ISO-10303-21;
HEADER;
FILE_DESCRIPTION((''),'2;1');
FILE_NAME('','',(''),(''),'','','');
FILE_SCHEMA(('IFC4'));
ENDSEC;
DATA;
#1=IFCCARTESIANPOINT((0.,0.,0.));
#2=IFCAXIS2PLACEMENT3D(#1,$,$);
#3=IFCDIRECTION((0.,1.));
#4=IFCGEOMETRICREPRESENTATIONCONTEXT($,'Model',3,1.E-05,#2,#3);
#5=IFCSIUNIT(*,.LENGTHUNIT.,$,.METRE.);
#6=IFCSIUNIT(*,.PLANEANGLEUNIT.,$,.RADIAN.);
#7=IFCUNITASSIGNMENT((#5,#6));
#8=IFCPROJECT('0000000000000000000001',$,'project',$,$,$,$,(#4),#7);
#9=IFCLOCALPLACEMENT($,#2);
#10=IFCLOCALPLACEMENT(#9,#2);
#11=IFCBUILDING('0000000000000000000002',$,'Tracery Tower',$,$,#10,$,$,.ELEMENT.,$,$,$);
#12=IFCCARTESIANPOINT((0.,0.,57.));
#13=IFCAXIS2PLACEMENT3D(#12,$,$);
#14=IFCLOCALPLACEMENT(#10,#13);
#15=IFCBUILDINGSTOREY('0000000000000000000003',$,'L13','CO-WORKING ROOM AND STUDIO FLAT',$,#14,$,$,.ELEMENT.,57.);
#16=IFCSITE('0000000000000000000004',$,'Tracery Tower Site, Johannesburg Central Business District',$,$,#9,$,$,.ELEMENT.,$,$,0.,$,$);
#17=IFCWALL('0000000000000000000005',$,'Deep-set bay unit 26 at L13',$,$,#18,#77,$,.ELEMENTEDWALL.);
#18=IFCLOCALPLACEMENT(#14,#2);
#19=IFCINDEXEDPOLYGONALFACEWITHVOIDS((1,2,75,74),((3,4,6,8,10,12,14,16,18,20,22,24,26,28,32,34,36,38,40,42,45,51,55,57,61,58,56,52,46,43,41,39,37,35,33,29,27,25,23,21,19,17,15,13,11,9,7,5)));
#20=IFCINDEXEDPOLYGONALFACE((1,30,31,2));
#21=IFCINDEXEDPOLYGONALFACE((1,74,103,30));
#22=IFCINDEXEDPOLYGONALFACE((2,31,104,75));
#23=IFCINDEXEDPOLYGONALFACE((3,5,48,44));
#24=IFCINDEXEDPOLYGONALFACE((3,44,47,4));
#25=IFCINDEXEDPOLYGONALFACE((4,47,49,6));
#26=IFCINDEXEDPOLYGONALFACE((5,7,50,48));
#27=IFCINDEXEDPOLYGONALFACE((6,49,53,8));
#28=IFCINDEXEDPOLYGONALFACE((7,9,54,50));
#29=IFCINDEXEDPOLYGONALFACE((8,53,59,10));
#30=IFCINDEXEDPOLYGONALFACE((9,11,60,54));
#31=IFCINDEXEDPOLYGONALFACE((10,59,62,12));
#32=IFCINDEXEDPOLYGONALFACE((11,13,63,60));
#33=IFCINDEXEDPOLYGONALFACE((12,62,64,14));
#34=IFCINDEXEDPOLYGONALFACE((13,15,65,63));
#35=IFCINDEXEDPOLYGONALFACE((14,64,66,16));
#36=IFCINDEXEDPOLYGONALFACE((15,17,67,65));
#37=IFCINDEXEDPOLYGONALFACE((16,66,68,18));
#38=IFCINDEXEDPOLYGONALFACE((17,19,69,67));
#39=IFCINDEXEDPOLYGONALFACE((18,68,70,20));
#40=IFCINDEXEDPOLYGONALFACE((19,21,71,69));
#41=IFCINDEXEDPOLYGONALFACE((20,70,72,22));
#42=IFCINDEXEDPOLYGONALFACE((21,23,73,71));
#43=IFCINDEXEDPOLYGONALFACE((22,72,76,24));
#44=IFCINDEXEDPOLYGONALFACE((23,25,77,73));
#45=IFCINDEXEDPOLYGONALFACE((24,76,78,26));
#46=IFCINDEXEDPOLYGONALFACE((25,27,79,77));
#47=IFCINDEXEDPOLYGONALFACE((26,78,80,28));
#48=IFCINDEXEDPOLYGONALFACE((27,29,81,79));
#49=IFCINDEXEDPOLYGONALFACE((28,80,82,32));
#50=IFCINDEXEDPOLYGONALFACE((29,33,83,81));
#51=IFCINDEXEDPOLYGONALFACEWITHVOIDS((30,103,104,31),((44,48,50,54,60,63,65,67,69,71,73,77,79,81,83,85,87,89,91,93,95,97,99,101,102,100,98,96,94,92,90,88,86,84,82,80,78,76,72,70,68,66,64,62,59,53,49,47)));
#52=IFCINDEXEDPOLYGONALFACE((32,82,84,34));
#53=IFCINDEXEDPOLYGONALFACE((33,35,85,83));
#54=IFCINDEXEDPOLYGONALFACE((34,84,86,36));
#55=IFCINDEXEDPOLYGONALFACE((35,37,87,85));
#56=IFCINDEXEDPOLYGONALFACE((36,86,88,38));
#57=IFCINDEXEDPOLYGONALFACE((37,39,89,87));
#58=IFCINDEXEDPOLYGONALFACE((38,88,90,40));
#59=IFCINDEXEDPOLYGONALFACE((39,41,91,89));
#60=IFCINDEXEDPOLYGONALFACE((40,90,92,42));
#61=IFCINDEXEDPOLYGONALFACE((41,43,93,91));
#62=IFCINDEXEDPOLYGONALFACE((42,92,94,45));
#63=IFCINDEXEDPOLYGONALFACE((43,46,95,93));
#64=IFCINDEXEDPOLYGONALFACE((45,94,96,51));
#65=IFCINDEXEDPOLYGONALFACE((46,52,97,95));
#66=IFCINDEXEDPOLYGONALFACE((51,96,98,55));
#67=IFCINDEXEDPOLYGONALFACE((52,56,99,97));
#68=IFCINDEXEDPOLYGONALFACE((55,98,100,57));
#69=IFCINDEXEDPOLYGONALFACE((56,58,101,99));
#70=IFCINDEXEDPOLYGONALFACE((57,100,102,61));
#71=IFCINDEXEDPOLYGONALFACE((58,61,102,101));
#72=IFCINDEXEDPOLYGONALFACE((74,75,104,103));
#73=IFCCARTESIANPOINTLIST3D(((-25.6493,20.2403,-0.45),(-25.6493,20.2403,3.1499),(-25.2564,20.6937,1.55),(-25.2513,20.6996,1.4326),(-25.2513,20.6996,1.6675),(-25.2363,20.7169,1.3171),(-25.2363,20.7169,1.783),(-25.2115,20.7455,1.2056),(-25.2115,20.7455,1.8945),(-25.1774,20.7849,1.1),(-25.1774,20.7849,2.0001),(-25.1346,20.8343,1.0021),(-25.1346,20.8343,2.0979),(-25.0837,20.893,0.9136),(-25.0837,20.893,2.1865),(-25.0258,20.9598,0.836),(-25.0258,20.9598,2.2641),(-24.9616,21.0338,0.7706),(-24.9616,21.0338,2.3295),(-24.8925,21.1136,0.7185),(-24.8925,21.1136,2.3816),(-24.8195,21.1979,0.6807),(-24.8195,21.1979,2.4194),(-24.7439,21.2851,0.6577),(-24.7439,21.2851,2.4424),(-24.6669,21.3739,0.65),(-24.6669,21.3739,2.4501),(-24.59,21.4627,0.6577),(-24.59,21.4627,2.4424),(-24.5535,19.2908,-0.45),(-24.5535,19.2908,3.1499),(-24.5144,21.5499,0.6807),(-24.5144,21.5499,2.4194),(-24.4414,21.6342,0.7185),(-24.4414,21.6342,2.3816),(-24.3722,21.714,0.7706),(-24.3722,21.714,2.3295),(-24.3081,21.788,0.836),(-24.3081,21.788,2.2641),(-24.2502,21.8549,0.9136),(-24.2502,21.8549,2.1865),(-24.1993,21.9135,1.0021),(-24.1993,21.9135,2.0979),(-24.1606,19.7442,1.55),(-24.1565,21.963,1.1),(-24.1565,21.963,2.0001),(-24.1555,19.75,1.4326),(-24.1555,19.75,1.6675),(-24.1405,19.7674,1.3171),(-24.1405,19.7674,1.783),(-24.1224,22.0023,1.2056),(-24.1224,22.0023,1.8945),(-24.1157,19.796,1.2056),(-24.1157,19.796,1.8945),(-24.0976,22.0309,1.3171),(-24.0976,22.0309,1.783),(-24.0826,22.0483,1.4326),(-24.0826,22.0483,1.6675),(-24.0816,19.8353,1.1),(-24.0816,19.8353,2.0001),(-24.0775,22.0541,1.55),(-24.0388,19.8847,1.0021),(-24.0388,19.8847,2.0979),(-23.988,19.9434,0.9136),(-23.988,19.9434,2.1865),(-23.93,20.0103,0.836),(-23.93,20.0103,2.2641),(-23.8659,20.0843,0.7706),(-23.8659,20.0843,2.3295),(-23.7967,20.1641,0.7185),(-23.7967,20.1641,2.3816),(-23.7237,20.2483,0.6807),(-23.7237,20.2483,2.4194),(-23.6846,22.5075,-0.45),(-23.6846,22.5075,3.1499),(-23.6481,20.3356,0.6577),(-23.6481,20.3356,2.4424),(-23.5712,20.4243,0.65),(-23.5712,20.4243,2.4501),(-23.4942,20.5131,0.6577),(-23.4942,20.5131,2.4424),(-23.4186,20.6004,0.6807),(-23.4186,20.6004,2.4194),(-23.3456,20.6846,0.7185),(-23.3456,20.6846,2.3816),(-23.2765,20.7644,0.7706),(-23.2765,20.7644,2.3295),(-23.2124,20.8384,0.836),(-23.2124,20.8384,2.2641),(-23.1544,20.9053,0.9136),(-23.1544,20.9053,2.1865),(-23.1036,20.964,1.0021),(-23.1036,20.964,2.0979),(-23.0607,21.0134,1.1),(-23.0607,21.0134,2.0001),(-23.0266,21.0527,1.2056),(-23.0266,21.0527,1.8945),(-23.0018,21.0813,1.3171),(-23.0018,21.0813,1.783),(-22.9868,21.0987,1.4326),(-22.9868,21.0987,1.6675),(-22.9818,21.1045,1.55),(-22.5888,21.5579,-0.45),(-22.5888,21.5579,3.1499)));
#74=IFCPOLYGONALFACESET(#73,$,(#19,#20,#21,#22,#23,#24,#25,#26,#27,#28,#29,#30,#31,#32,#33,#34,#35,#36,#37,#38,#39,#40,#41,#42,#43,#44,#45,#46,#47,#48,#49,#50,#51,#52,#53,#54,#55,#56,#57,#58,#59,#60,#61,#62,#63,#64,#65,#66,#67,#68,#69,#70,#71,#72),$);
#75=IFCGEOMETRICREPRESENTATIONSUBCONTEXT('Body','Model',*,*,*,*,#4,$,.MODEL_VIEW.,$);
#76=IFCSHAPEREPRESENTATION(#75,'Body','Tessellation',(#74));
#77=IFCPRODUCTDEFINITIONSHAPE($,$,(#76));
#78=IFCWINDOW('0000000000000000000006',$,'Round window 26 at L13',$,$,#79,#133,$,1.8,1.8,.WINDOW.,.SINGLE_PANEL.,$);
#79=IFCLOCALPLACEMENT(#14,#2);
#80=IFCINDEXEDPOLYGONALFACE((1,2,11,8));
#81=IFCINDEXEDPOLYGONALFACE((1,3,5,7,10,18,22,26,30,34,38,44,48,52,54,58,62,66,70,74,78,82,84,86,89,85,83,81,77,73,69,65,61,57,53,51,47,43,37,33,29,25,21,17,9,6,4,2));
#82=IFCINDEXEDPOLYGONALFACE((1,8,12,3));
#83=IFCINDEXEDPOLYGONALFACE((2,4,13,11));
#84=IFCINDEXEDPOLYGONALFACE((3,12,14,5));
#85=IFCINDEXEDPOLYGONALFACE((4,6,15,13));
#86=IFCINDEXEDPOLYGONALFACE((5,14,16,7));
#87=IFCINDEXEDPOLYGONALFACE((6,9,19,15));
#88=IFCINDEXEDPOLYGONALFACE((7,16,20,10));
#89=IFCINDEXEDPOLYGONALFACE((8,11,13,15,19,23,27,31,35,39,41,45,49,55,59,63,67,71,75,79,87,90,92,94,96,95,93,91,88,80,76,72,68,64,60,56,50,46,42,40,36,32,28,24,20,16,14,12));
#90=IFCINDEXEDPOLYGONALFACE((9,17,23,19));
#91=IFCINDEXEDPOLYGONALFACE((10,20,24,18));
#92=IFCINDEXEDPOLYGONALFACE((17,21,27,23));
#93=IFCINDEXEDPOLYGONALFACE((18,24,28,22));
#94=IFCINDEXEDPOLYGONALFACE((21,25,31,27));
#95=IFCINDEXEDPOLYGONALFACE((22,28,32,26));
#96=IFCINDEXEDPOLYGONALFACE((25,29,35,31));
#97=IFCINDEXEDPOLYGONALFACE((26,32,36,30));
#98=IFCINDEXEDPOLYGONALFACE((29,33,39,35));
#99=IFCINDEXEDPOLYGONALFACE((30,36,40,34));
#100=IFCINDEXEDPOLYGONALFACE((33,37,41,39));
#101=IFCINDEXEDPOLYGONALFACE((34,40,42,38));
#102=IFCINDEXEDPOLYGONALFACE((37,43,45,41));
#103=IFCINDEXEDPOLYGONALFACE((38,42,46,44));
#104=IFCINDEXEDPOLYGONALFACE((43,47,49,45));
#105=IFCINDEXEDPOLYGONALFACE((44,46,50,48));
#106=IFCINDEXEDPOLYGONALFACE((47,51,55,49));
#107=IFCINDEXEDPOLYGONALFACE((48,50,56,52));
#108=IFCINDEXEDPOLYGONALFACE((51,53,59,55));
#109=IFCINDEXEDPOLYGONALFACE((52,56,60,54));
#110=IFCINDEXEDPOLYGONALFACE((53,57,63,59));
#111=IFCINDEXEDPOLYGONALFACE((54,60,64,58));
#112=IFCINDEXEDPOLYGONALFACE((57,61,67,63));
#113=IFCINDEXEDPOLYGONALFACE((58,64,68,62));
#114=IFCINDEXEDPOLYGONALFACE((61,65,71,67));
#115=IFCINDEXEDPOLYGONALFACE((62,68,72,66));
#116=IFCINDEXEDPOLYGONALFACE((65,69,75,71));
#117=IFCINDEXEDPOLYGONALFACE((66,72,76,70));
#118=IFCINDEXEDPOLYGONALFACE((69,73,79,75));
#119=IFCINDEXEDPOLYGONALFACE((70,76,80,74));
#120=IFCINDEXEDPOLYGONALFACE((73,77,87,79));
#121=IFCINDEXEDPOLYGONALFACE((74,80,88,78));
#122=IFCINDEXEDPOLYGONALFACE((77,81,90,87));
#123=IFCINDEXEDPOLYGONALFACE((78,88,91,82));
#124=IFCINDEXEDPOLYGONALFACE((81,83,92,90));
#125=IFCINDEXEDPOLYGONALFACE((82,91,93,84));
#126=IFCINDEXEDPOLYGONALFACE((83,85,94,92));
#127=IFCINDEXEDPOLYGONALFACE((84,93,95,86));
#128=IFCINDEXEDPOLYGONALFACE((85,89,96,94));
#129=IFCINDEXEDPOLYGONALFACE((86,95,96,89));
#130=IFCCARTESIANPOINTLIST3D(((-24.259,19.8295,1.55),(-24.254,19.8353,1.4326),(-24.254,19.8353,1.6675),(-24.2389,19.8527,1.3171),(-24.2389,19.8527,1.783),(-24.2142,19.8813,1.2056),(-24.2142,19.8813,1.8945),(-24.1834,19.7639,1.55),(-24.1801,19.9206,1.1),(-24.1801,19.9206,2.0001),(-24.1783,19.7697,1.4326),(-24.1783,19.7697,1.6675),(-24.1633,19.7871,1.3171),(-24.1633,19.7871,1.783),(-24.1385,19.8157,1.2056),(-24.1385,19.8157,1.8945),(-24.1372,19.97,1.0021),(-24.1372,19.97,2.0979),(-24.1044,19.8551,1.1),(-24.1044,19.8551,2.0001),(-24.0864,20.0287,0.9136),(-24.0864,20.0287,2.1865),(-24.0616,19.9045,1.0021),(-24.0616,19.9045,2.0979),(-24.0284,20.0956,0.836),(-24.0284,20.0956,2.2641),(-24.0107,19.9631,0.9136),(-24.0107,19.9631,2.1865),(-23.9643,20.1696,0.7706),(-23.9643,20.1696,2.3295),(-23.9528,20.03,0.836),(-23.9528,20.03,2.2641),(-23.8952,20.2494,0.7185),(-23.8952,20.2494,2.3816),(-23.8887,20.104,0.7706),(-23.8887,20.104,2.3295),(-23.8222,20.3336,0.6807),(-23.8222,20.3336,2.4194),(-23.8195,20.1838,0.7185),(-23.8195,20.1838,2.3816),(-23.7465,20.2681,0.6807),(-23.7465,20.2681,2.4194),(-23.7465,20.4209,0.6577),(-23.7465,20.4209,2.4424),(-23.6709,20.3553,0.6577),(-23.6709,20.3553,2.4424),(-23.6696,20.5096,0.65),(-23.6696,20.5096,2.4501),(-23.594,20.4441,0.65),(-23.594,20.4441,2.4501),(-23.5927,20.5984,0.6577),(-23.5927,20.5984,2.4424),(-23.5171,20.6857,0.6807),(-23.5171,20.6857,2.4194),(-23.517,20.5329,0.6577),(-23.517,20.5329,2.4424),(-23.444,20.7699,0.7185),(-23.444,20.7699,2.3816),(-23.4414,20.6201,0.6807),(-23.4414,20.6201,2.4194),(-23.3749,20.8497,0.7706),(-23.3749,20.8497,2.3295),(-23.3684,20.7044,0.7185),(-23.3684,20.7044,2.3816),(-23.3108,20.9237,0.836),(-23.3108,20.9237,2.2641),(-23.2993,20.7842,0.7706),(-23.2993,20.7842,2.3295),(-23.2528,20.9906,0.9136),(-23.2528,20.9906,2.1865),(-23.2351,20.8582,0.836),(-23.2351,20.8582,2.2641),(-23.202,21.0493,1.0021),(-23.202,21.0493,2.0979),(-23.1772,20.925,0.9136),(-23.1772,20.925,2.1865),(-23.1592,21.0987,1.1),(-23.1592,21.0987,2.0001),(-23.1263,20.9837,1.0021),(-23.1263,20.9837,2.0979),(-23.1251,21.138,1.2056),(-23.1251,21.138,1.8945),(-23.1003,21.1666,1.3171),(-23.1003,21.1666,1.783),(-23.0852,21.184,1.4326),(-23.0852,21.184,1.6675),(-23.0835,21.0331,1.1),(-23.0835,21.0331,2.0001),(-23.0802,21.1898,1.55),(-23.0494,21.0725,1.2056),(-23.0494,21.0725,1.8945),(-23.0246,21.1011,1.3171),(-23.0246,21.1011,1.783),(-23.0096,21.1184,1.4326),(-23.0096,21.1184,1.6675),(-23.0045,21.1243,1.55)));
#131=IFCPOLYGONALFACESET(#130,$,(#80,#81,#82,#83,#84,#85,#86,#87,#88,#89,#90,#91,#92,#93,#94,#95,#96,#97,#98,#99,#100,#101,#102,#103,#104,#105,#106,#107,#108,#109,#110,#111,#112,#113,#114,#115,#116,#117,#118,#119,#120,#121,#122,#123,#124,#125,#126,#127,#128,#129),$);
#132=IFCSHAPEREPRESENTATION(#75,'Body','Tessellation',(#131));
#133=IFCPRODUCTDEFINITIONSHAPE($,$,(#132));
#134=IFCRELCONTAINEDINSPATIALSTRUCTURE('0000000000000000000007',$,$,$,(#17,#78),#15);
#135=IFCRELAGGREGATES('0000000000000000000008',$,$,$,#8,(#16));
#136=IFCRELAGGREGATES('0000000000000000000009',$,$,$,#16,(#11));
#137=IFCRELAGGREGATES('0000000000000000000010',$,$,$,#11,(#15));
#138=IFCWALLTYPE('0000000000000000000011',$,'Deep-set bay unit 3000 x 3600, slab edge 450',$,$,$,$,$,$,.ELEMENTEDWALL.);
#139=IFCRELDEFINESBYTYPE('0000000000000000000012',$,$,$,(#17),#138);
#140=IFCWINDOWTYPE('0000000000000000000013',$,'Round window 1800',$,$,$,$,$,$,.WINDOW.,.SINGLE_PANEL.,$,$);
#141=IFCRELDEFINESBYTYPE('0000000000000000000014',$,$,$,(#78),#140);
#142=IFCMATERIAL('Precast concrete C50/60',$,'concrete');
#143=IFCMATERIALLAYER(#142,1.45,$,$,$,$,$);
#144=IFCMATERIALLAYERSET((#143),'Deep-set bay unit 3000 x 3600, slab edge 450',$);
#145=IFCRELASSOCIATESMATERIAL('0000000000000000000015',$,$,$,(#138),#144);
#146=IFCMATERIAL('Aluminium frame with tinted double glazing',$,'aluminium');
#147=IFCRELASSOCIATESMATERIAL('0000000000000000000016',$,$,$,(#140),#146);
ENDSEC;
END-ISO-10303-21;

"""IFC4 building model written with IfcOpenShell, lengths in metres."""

from ifc_helpers import new_model, si_unit, direction, frame, frame_2d, origin, origin_2d, place, context, subcontext, project, spatial, rectangle, circle, extrude, material, layer, layer_set, type_object, element, fill, save


model = new_model("IFC4")

# Units and contexts
model_context = context("Model", 3, precision=1e-05, world=origin(), true_north=direction((0.0, 1.0)))
body_context = subcontext(model_context, "Body", "Model", "MODEL_VIEW")
ifc_project = project(units=[si_unit("LENGTHUNIT", "METRE"), si_unit("PLANEANGLEUNIT", "RADIAN")], contexts=[model_context])

# Site, building, storey
site_placement = place(None, origin())
site = spatial("IfcSite", under=ifc_project, at=site_placement, Name="Tracery Tower Site, Johannesburg Central Business District", CompositionType="ELEMENT", RefElevation=0.0)
building_placement = place(site_placement, origin())
building = spatial("IfcBuilding", under=site, at=building_placement, Name="Tracery Tower", CompositionType="ELEMENT")
storey_placement = place(building_placement, frame((0.0, 0.0, 57.0)))
storey = spatial("IfcBuildingStorey", under=building, at=storey_placement, Name="L13", Description="CO-WORKING ROOM AND STUDIO FLAT", CompositionType="ELEMENT", Elevation=57.0)

# Wall, opening, window
ifc_material_1 = material(Name="Precast concrete C50/60", Category="concrete")
ifc_layer_1 = layer(ifc_material_1, 1.45)
ifc_layer_set_1 = layer_set([ifc_layer_1], Name="Deep-set bay unit 3000 x 3600, slab edge 450")
wall_type_1 = type_object("IfcWallType", Name="Deep-set bay unit 3000 x 3600, slab edge 450", PredefinedType="ELEMENTEDWALL", material=ifc_layer_set_1)
wall_1_placement = place(storey_placement, frame((-23.1367, 22.0327, -0.45), z_axis=(0.0, 0.0, 1.0), x_axis=(-0.65489, -0.755724, 0.0)))
wall_1 = element("IfcWall", 1, at=wall_1_placement, inside=storey, type_object=wall_type_1, Name="Deep-set bay unit 26 at L13", PredefinedType="ELEMENTEDWALL", context=body_context, shape_type="SweptSolid", body=[
    extrude(rectangle(XDim=3.0, YDim=1.45, at=frame_2d((1.5, 0.0))), origin(), (0.0, 0.0, 1.0), 3.5999),
])
opening_1_placement = place(wall_1_placement, frame((1.5, 0.0, 2.0)))
opening_1 = element("IfcOpeningElement", 2, at=opening_1_placement, cuts=wall_1, PredefinedType="OPENING", context=body_context, shape_type="SweptSolid", body=[
    extrude(circle(Radius=0.9, at=origin_2d()), frame((0.0, 0.7349, 0.0), z_axis=(0.0, -1.0, 0.0), x_axis=(1.0, 0.0, 0.0)), (0.0, 0.0, 1.0), 1.47),
])
ifc_material_2 = material(Name="Aluminium frame with tinted double glazing", Category="aluminium")
window_type = type_object("IfcWindowType", Name="Round window 1800", PartitioningType="SINGLE_PANEL", PredefinedType="WINDOW", material=ifc_material_2)
window_1_placement = place(opening_1_placement, origin())
window_1 = element("IfcWindow", 3, at=window_1_placement, inside=storey, type_object=window_type, Name="Round window 26 at L13", OverallHeight=1.8, OverallWidth=1.8, PartitioningType="SINGLE_PANEL", PredefinedType="WINDOW", context=body_context, shape_type="SweptSolid", body=[
    extrude(circle(Radius=0.9, at=origin_2d()), frame((0.0, 0.6948, 0.0), z_axis=(0.0, -1.0, 0.0), x_axis=(1.0, 0.0, 0.0)), (0.0, 0.0, 1.0), 0.1001),
])
fill(opening_1, window_1)

save(model, "model.ifc")
